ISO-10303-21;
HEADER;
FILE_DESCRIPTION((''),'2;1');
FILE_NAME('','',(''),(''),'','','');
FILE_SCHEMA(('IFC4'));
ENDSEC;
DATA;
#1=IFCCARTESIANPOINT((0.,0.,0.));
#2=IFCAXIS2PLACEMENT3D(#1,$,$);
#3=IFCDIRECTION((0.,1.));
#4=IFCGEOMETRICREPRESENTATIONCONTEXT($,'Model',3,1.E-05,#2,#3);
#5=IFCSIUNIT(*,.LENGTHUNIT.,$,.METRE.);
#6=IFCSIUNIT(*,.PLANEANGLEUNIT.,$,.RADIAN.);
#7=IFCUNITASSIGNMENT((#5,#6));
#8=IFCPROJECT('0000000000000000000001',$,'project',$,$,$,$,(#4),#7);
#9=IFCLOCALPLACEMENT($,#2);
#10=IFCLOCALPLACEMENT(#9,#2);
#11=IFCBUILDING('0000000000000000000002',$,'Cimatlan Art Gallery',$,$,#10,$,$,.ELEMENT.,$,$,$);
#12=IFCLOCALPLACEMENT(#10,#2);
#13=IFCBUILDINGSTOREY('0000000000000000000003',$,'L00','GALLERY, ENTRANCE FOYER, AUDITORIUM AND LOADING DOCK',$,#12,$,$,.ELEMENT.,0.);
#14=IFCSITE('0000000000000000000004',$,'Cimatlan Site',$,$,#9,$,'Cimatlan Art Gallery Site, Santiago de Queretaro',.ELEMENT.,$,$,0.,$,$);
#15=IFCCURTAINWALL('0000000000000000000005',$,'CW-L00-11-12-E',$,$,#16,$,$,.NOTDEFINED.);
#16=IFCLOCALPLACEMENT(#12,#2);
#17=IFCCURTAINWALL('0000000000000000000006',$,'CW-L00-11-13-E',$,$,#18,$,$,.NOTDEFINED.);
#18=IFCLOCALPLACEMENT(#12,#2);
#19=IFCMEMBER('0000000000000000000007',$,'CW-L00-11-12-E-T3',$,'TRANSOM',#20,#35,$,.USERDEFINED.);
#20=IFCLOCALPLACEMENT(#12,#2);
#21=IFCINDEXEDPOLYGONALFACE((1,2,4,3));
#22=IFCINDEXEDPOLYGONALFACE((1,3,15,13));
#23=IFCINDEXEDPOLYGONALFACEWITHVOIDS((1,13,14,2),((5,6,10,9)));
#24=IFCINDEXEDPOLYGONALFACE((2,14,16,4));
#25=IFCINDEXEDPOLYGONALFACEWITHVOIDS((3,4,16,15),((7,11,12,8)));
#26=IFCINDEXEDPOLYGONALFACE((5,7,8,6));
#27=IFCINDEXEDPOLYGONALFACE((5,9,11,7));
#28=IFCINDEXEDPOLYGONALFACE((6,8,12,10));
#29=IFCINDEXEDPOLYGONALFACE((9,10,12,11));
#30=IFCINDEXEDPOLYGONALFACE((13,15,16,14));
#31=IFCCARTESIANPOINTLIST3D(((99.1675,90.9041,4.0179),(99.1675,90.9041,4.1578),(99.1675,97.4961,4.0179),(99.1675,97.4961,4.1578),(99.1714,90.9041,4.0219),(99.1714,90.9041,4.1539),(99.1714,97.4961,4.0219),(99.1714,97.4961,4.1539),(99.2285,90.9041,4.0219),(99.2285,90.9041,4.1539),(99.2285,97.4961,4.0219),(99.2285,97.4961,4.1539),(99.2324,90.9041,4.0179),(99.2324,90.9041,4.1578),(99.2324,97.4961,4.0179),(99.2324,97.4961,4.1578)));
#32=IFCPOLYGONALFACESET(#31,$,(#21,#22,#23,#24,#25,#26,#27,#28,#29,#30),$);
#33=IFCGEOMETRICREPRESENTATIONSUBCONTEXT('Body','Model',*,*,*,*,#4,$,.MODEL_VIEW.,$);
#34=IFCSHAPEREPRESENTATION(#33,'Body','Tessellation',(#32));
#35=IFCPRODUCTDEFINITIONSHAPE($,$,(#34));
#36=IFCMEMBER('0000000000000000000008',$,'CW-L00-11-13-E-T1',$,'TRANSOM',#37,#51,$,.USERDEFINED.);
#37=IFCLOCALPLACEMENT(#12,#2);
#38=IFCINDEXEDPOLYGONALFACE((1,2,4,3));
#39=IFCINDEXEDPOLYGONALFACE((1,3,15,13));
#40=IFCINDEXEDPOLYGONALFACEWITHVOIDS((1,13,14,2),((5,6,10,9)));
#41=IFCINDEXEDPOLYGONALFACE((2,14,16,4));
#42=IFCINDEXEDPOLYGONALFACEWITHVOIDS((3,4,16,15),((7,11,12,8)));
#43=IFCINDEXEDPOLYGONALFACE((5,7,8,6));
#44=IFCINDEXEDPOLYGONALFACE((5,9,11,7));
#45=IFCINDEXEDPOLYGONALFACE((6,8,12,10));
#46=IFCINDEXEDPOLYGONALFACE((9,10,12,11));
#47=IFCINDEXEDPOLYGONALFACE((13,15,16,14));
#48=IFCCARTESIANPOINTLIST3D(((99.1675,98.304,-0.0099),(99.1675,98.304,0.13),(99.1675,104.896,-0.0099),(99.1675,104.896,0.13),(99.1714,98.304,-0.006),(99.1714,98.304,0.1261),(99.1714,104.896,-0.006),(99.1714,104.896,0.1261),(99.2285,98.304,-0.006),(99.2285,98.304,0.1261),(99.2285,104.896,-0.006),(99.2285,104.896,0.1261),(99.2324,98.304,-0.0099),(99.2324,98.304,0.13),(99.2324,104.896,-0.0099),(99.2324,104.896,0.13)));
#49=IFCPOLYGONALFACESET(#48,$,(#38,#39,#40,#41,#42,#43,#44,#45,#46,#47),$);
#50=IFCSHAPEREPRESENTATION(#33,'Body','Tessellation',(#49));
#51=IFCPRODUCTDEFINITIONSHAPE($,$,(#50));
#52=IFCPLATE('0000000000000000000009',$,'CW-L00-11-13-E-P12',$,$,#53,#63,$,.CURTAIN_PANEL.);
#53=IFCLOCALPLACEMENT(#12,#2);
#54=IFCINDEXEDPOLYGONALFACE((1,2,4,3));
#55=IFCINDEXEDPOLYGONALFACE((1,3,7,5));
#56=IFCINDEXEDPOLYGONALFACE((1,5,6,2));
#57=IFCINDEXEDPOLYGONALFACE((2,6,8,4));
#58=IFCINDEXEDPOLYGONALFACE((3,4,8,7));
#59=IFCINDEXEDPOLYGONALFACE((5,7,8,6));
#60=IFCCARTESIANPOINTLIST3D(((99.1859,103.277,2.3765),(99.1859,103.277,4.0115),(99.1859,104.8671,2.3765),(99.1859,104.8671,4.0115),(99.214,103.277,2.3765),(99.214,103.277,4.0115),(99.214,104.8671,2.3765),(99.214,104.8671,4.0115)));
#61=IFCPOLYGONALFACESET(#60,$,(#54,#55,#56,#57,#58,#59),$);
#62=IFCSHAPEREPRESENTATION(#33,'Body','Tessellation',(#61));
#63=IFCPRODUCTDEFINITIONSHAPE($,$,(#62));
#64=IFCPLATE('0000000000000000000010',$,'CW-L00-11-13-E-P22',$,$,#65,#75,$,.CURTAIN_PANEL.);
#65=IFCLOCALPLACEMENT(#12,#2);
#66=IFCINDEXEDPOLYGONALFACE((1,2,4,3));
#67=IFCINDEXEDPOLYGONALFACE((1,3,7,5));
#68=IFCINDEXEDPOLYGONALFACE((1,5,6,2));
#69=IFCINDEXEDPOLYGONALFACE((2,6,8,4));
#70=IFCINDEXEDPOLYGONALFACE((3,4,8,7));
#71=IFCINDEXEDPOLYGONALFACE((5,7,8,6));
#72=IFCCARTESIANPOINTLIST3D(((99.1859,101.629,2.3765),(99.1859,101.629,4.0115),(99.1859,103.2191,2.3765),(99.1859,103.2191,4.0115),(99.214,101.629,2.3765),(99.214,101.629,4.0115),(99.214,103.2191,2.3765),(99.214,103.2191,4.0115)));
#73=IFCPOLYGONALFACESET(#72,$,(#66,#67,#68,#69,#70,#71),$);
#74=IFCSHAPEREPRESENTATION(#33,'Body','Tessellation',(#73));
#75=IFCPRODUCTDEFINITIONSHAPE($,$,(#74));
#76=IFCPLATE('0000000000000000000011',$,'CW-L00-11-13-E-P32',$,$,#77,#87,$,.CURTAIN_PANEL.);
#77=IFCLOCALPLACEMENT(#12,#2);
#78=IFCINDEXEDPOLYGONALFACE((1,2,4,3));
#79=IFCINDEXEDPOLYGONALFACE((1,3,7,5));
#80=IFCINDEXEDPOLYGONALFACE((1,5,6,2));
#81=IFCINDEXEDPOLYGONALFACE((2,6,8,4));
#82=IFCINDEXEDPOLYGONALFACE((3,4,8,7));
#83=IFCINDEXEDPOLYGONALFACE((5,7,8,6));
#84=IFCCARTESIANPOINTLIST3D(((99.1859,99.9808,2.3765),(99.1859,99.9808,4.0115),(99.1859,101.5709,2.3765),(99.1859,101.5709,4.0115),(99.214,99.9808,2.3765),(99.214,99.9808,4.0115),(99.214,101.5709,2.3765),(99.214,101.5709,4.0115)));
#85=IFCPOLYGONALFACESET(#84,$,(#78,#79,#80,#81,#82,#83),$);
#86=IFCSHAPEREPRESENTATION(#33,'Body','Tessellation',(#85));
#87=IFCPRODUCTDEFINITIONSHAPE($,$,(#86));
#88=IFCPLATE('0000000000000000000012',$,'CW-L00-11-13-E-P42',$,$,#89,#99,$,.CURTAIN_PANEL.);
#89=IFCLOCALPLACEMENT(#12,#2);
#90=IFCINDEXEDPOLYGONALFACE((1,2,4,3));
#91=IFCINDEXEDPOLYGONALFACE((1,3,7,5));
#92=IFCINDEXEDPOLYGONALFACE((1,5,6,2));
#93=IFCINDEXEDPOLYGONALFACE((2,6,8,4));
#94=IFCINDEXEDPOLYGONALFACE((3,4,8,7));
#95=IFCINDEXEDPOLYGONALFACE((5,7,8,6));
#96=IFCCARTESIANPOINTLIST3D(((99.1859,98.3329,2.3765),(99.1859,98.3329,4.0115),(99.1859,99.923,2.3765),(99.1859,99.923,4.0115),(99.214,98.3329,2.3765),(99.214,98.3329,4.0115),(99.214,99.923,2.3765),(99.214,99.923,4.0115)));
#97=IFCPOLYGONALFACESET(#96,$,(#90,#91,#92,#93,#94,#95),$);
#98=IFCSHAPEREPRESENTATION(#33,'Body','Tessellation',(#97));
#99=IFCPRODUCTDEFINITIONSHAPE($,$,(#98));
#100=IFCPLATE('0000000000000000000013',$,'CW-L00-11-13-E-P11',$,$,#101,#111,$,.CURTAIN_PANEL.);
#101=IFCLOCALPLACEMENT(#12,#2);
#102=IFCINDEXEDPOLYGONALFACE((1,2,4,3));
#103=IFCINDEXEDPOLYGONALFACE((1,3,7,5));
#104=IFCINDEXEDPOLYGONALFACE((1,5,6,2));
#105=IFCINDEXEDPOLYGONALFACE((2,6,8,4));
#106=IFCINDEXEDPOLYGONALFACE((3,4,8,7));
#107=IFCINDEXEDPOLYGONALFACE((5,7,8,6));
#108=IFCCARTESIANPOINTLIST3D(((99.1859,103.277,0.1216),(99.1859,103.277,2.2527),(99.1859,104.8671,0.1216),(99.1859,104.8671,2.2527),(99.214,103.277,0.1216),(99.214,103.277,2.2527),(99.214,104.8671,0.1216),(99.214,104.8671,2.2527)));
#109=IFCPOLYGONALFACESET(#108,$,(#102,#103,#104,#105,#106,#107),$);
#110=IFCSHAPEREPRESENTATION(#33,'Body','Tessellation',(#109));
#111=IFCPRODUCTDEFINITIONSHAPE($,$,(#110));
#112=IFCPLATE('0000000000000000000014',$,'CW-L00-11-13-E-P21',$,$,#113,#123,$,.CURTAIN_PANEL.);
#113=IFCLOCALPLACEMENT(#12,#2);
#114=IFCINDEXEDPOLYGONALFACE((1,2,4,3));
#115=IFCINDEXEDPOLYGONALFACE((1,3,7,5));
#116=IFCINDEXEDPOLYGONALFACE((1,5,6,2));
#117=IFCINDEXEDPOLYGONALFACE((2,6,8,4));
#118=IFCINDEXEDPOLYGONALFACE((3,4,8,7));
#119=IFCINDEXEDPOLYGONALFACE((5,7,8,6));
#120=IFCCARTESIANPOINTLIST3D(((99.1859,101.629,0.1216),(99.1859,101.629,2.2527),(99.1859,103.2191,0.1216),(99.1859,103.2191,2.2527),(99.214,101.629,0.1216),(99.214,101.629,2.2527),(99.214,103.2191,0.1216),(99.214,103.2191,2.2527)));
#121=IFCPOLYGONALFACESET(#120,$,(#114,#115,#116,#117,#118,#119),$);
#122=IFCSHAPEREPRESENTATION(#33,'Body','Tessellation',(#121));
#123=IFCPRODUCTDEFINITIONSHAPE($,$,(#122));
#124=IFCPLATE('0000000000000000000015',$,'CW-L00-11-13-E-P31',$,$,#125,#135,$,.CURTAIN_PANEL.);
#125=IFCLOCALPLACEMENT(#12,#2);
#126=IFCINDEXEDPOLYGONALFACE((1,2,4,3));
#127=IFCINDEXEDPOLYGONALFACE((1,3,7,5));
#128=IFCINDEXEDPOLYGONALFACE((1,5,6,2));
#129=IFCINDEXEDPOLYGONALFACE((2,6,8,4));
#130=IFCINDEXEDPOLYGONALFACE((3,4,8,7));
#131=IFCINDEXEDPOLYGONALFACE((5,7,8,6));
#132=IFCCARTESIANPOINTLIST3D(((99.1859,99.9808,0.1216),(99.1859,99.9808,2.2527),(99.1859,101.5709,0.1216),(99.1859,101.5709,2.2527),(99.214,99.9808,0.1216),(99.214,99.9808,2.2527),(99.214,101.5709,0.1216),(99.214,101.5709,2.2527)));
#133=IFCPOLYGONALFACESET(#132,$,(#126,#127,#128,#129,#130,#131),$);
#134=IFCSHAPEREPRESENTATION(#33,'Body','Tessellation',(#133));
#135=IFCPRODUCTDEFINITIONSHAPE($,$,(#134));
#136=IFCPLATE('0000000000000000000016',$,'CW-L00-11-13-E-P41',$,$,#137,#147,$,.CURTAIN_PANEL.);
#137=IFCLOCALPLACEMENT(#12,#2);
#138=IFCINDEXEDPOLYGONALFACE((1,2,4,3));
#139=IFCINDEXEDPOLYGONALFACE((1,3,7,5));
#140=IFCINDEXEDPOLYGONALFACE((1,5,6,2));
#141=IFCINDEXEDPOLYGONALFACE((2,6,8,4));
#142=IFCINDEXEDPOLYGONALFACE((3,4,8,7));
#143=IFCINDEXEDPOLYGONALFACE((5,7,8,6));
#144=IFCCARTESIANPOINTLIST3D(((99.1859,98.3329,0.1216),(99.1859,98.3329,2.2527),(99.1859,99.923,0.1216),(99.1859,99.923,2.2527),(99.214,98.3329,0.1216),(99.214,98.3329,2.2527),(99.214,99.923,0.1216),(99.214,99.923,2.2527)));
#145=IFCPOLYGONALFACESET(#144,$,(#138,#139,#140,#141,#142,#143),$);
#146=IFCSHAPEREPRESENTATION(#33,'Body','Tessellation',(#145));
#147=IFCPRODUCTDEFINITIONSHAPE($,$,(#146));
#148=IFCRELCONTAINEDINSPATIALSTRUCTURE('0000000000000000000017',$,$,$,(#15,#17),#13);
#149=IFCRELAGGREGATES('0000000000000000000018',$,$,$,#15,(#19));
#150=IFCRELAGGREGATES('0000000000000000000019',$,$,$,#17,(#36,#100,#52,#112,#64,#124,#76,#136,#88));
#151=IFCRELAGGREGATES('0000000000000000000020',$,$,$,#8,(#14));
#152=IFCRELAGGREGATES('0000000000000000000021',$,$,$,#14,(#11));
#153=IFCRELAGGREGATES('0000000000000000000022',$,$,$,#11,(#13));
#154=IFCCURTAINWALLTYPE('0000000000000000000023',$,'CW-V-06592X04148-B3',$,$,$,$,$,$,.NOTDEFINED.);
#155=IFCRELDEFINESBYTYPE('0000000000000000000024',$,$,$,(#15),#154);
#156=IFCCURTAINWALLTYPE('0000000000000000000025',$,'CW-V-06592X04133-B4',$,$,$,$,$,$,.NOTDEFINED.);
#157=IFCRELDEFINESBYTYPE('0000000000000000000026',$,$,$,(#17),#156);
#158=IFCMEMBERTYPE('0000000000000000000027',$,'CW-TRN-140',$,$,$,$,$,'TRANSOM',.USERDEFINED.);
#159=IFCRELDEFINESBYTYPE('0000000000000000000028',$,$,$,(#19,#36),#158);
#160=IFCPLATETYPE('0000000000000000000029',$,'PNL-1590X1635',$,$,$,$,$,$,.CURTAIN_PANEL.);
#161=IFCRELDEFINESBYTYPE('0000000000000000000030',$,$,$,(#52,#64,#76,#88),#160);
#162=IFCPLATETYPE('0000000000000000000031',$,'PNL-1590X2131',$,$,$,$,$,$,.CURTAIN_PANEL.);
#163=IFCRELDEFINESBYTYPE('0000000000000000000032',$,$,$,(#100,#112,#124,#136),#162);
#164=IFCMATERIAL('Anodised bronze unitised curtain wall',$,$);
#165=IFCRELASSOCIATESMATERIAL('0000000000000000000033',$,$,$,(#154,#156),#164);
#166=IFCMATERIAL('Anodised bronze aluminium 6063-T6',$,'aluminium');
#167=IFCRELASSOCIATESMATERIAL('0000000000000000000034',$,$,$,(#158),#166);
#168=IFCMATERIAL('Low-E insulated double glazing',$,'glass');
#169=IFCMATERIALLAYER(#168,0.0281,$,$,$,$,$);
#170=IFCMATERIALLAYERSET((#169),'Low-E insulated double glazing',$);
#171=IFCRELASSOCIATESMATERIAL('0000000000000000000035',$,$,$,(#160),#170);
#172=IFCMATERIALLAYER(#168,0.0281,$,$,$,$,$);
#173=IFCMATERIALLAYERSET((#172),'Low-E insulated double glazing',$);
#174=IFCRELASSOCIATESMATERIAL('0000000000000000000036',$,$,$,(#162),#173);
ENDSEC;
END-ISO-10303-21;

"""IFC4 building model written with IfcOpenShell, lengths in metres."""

from ifc_helpers import new_model, si_unit, direction, frame, origin, origin_2d, place, context, subcontext, project, spatial, rectangle, hollow_rectangle, extrude, material, layer, layer_set, material_profile, profile_set, type_object, element, aggregate, save


model = new_model("IFC4")

# Units and contexts
model_context = context("Model", 3, precision=1e-05, world=origin(), true_north=direction((0.0, 1.0)))
body_context = subcontext(model_context, "Body", "Model", "MODEL_VIEW")
ifc_project = project(units=[si_unit("LENGTHUNIT", "METRE"), si_unit("PLANEANGLEUNIT", "RADIAN")], contexts=[model_context])

# Site, building, storey
site_placement = place(None, origin())
site = spatial("IfcSite", under=ifc_project, at=site_placement, Name="Cimatlan Site", LongName="Cimatlan Art Gallery Site, Santiago de Queretaro", CompositionType="ELEMENT", RefElevation=0.0)
building_placement = place(site_placement, origin())
building = spatial("IfcBuilding", under=site, at=building_placement, Name="Cimatlan Art Gallery", CompositionType="ELEMENT")
storey_placement = place(building_placement, origin())
storey = spatial("IfcBuildingStorey", under=building, at=storey_placement, Name="L00", Description="GALLERY, ENTRANCE FOYER, AUDITORIUM AND LOADING DOCK", CompositionType="ELEMENT", Elevation=0.0)

# Curtain wall
ifc_material_1 = material(Name="Anodised bronze unitised curtain wall")
curtain_wall_type_1 = type_object("IfcCurtainWallType", Name="CW-V-06592X04148-B3", PredefinedType="NOTDEFINED", material=ifc_material_1)
curtain_wall_1_placement = place(storey_placement, origin())
curtain_wall_1 = element("IfcCurtainWall", 1, at=curtain_wall_1_placement, inside=storey, type_object=curtain_wall_type_1, Name="CW-L00-11-12-E", PredefinedType="NOTDEFINED")
ifc_material_2 = material(Name="Anodised bronze aluminium 6063-T6", Category="aluminium")

# Curtain wall
curtain_wall_type_2 = type_object("IfcCurtainWallType", Name="CW-V-06592X04133-B4", PredefinedType="NOTDEFINED", material=ifc_material_1)
curtain_wall_2_placement = place(storey_placement, origin())
curtain_wall_2 = element("IfcCurtainWall", 2, at=curtain_wall_2_placement, inside=storey, type_object=curtain_wall_type_2, Name="CW-L00-11-13-E", PredefinedType="NOTDEFINED")

# Members
ifc_material_profile_1 = material_profile(ifc_material_2, hollow_rectangle(XDim=0.0649, YDim=0.1399, WallThickness=0.0039, at=origin_2d()), Name="ALU65X140X4")
ifc_profile_set_1 = profile_set([ifc_material_profile_1], Name="Anodised bronze aluminium 6063-T6")
member_type_1 = type_object("IfcMemberType", Name="CW-TRN-140", ElementType="TRANSOM", PredefinedType="USERDEFINED", material=ifc_profile_set_1)
member_1_placement = place(storey_placement, frame((99.2, 97.4961, 4.0879), z_axis=(0.0, -1.0, 0.0), x_axis=(1.0, 0.0, 0.0)))
member_1 = element("IfcMember", 3, at=member_1_placement, type_object=member_type_1, Name="CW-L00-11-12-E-T3", ObjectType="TRANSOM", PredefinedType="USERDEFINED", context=body_context, shape_type="SweptSolid", body=[
    extrude(hollow_rectangle(XDim=0.0649, YDim=0.1399, WallThickness=0.0039, at=origin_2d()), origin(), (0.0, 0.0, 1.0), 6.592),
])
aggregate(curtain_wall_1, [member_1])
member_2_placement = place(storey_placement, frame((99.2, 104.896, 0.0601), z_axis=(0.0, -1.0, 0.0), x_axis=(1.0, 0.0, 0.0)))
member_2 = element("IfcMember", 4, at=member_2_placement, type_object=member_type_1, Name="CW-L00-11-13-E-T1", ObjectType="TRANSOM", PredefinedType="USERDEFINED", context=body_context, shape_type="SweptSolid", body=[
    extrude(hollow_rectangle(XDim=0.0649, YDim=0.1399, WallThickness=0.0039, at=origin_2d()), origin(), (0.0, 0.0, 1.0), 6.592),
])

# Plates
ifc_material_3 = material(Name="Low-E insulated double glazing", Category="glass")
ifc_layer_1 = layer(ifc_material_3, 0.0281)
ifc_layer_set_1 = layer_set([ifc_layer_1], Name="Low-E insulated double glazing")
plate_type_1 = type_object("IfcPlateType", Name="PNL-1590X1635", PredefinedType="CURTAIN_PANEL", material=ifc_layer_set_1)
plate_1_placement = place(storey_placement, frame((99.2, 104.072, 2.3765), z_axis=(0.0, 0.0, 1.0), x_axis=(0.0, -1.0, 0.0)))
plate_1 = element("IfcPlate", 5, at=plate_1_placement, type_object=plate_type_1, Name="CW-L00-11-13-E-P12", PredefinedType="CURTAIN_PANEL", context=body_context, shape_type="SweptSolid", body=[
    extrude(rectangle(XDim=1.5901, YDim=0.0281, at=origin_2d()), origin(), (0.0, 0.0, 1.0), 1.635),
])
plate_2_placement = place(storey_placement, frame((99.2, 102.4241, 2.3765), z_axis=(0.0, 0.0, 1.0), x_axis=(0.0, -1.0, 0.0)))
plate_2 = element("IfcPlate", 6, at=plate_2_placement, type_object=plate_type_1, Name="CW-L00-11-13-E-P22", PredefinedType="CURTAIN_PANEL", context=body_context, shape_type="SweptSolid", body=[
    extrude(rectangle(XDim=1.5901, YDim=0.0281, at=origin_2d()), origin(), (0.0, 0.0, 1.0), 1.635),
])
plate_3_placement = place(storey_placement, frame((99.2, 100.7759, 2.3765), z_axis=(0.0, 0.0, 1.0), x_axis=(0.0, -1.0, 0.0)))
plate_3 = element("IfcPlate", 7, at=plate_3_placement, type_object=plate_type_1, Name="CW-L00-11-13-E-P32", PredefinedType="CURTAIN_PANEL", context=body_context, shape_type="SweptSolid", body=[
    extrude(rectangle(XDim=1.5901, YDim=0.0281, at=origin_2d()), origin(), (0.0, 0.0, 1.0), 1.635),
])
plate_4_placement = place(storey_placement, frame((99.2, 99.1279, 2.3765), z_axis=(0.0, 0.0, 1.0), x_axis=(0.0, -1.0, 0.0)))
plate_4 = element("IfcPlate", 8, at=plate_4_placement, type_object=plate_type_1, Name="CW-L00-11-13-E-P42", PredefinedType="CURTAIN_PANEL", context=body_context, shape_type="SweptSolid", body=[
    extrude(rectangle(XDim=1.5901, YDim=0.0281, at=origin_2d()), origin(), (0.0, 0.0, 1.0), 1.635),
])
ifc_layer_2 = layer(ifc_material_3, 0.0281)
ifc_layer_set_2 = layer_set([ifc_layer_2], Name="Low-E insulated double glazing")
plate_type_2 = type_object("IfcPlateType", Name="PNL-1590X2131", PredefinedType="CURTAIN_PANEL", material=ifc_layer_set_2)
plate_5_placement = place(storey_placement, frame((99.2, 104.072, 0.1216), z_axis=(0.0, 0.0, 1.0), x_axis=(0.0, -1.0, 0.0)))
plate_5 = element("IfcPlate", 9, at=plate_5_placement, type_object=plate_type_2, Name="CW-L00-11-13-E-P11", PredefinedType="CURTAIN_PANEL", context=body_context, shape_type="SweptSolid", body=[
    extrude(rectangle(XDim=1.5901, YDim=0.0281, at=origin_2d()), origin(), (0.0, 0.0, 1.0), 2.1311),
])
plate_6_placement = place(storey_placement, frame((99.2, 102.4241, 0.1216), z_axis=(0.0, 0.0, 1.0), x_axis=(0.0, -1.0, 0.0)))
plate_6 = element("IfcPlate", 10, at=plate_6_placement, type_object=plate_type_2, Name="CW-L00-11-13-E-P21", PredefinedType="CURTAIN_PANEL", context=body_context, shape_type="SweptSolid", body=[
    extrude(rectangle(XDim=1.5901, YDim=0.0281, at=origin_2d()), origin(), (0.0, 0.0, 1.0), 2.1311),
])
plate_7_placement = place(storey_placement, frame((99.2, 100.7759, 0.1216), z_axis=(0.0, 0.0, 1.0), x_axis=(0.0, -1.0, 0.0)))
plate_7 = element("IfcPlate", 11, at=plate_7_placement, type_object=plate_type_2, Name="CW-L00-11-13-E-P31", PredefinedType="CURTAIN_PANEL", context=body_context, shape_type="SweptSolid", body=[
    extrude(rectangle(XDim=1.5901, YDim=0.0281, at=origin_2d()), origin(), (0.0, 0.0, 1.0), 2.1311),
])
plate_8_placement = place(storey_placement, frame((99.2, 99.1279, 0.1216), z_axis=(0.0, 0.0, 1.0), x_axis=(0.0, -1.0, 0.0)))
plate_8 = element("IfcPlate", 12, at=plate_8_placement, type_object=plate_type_2, Name="CW-L00-11-13-E-P41", PredefinedType="CURTAIN_PANEL", context=body_context, shape_type="SweptSolid", body=[
    extrude(rectangle(XDim=1.5901, YDim=0.0281, at=origin_2d()), origin(), (0.0, 0.0, 1.0), 2.1311),
])
aggregate(curtain_wall_2, [member_2, plate_5, plate_1, plate_6, plate_2, plate_7, plate_3, plate_8, plate_4])

save(model, "model.ifc")
